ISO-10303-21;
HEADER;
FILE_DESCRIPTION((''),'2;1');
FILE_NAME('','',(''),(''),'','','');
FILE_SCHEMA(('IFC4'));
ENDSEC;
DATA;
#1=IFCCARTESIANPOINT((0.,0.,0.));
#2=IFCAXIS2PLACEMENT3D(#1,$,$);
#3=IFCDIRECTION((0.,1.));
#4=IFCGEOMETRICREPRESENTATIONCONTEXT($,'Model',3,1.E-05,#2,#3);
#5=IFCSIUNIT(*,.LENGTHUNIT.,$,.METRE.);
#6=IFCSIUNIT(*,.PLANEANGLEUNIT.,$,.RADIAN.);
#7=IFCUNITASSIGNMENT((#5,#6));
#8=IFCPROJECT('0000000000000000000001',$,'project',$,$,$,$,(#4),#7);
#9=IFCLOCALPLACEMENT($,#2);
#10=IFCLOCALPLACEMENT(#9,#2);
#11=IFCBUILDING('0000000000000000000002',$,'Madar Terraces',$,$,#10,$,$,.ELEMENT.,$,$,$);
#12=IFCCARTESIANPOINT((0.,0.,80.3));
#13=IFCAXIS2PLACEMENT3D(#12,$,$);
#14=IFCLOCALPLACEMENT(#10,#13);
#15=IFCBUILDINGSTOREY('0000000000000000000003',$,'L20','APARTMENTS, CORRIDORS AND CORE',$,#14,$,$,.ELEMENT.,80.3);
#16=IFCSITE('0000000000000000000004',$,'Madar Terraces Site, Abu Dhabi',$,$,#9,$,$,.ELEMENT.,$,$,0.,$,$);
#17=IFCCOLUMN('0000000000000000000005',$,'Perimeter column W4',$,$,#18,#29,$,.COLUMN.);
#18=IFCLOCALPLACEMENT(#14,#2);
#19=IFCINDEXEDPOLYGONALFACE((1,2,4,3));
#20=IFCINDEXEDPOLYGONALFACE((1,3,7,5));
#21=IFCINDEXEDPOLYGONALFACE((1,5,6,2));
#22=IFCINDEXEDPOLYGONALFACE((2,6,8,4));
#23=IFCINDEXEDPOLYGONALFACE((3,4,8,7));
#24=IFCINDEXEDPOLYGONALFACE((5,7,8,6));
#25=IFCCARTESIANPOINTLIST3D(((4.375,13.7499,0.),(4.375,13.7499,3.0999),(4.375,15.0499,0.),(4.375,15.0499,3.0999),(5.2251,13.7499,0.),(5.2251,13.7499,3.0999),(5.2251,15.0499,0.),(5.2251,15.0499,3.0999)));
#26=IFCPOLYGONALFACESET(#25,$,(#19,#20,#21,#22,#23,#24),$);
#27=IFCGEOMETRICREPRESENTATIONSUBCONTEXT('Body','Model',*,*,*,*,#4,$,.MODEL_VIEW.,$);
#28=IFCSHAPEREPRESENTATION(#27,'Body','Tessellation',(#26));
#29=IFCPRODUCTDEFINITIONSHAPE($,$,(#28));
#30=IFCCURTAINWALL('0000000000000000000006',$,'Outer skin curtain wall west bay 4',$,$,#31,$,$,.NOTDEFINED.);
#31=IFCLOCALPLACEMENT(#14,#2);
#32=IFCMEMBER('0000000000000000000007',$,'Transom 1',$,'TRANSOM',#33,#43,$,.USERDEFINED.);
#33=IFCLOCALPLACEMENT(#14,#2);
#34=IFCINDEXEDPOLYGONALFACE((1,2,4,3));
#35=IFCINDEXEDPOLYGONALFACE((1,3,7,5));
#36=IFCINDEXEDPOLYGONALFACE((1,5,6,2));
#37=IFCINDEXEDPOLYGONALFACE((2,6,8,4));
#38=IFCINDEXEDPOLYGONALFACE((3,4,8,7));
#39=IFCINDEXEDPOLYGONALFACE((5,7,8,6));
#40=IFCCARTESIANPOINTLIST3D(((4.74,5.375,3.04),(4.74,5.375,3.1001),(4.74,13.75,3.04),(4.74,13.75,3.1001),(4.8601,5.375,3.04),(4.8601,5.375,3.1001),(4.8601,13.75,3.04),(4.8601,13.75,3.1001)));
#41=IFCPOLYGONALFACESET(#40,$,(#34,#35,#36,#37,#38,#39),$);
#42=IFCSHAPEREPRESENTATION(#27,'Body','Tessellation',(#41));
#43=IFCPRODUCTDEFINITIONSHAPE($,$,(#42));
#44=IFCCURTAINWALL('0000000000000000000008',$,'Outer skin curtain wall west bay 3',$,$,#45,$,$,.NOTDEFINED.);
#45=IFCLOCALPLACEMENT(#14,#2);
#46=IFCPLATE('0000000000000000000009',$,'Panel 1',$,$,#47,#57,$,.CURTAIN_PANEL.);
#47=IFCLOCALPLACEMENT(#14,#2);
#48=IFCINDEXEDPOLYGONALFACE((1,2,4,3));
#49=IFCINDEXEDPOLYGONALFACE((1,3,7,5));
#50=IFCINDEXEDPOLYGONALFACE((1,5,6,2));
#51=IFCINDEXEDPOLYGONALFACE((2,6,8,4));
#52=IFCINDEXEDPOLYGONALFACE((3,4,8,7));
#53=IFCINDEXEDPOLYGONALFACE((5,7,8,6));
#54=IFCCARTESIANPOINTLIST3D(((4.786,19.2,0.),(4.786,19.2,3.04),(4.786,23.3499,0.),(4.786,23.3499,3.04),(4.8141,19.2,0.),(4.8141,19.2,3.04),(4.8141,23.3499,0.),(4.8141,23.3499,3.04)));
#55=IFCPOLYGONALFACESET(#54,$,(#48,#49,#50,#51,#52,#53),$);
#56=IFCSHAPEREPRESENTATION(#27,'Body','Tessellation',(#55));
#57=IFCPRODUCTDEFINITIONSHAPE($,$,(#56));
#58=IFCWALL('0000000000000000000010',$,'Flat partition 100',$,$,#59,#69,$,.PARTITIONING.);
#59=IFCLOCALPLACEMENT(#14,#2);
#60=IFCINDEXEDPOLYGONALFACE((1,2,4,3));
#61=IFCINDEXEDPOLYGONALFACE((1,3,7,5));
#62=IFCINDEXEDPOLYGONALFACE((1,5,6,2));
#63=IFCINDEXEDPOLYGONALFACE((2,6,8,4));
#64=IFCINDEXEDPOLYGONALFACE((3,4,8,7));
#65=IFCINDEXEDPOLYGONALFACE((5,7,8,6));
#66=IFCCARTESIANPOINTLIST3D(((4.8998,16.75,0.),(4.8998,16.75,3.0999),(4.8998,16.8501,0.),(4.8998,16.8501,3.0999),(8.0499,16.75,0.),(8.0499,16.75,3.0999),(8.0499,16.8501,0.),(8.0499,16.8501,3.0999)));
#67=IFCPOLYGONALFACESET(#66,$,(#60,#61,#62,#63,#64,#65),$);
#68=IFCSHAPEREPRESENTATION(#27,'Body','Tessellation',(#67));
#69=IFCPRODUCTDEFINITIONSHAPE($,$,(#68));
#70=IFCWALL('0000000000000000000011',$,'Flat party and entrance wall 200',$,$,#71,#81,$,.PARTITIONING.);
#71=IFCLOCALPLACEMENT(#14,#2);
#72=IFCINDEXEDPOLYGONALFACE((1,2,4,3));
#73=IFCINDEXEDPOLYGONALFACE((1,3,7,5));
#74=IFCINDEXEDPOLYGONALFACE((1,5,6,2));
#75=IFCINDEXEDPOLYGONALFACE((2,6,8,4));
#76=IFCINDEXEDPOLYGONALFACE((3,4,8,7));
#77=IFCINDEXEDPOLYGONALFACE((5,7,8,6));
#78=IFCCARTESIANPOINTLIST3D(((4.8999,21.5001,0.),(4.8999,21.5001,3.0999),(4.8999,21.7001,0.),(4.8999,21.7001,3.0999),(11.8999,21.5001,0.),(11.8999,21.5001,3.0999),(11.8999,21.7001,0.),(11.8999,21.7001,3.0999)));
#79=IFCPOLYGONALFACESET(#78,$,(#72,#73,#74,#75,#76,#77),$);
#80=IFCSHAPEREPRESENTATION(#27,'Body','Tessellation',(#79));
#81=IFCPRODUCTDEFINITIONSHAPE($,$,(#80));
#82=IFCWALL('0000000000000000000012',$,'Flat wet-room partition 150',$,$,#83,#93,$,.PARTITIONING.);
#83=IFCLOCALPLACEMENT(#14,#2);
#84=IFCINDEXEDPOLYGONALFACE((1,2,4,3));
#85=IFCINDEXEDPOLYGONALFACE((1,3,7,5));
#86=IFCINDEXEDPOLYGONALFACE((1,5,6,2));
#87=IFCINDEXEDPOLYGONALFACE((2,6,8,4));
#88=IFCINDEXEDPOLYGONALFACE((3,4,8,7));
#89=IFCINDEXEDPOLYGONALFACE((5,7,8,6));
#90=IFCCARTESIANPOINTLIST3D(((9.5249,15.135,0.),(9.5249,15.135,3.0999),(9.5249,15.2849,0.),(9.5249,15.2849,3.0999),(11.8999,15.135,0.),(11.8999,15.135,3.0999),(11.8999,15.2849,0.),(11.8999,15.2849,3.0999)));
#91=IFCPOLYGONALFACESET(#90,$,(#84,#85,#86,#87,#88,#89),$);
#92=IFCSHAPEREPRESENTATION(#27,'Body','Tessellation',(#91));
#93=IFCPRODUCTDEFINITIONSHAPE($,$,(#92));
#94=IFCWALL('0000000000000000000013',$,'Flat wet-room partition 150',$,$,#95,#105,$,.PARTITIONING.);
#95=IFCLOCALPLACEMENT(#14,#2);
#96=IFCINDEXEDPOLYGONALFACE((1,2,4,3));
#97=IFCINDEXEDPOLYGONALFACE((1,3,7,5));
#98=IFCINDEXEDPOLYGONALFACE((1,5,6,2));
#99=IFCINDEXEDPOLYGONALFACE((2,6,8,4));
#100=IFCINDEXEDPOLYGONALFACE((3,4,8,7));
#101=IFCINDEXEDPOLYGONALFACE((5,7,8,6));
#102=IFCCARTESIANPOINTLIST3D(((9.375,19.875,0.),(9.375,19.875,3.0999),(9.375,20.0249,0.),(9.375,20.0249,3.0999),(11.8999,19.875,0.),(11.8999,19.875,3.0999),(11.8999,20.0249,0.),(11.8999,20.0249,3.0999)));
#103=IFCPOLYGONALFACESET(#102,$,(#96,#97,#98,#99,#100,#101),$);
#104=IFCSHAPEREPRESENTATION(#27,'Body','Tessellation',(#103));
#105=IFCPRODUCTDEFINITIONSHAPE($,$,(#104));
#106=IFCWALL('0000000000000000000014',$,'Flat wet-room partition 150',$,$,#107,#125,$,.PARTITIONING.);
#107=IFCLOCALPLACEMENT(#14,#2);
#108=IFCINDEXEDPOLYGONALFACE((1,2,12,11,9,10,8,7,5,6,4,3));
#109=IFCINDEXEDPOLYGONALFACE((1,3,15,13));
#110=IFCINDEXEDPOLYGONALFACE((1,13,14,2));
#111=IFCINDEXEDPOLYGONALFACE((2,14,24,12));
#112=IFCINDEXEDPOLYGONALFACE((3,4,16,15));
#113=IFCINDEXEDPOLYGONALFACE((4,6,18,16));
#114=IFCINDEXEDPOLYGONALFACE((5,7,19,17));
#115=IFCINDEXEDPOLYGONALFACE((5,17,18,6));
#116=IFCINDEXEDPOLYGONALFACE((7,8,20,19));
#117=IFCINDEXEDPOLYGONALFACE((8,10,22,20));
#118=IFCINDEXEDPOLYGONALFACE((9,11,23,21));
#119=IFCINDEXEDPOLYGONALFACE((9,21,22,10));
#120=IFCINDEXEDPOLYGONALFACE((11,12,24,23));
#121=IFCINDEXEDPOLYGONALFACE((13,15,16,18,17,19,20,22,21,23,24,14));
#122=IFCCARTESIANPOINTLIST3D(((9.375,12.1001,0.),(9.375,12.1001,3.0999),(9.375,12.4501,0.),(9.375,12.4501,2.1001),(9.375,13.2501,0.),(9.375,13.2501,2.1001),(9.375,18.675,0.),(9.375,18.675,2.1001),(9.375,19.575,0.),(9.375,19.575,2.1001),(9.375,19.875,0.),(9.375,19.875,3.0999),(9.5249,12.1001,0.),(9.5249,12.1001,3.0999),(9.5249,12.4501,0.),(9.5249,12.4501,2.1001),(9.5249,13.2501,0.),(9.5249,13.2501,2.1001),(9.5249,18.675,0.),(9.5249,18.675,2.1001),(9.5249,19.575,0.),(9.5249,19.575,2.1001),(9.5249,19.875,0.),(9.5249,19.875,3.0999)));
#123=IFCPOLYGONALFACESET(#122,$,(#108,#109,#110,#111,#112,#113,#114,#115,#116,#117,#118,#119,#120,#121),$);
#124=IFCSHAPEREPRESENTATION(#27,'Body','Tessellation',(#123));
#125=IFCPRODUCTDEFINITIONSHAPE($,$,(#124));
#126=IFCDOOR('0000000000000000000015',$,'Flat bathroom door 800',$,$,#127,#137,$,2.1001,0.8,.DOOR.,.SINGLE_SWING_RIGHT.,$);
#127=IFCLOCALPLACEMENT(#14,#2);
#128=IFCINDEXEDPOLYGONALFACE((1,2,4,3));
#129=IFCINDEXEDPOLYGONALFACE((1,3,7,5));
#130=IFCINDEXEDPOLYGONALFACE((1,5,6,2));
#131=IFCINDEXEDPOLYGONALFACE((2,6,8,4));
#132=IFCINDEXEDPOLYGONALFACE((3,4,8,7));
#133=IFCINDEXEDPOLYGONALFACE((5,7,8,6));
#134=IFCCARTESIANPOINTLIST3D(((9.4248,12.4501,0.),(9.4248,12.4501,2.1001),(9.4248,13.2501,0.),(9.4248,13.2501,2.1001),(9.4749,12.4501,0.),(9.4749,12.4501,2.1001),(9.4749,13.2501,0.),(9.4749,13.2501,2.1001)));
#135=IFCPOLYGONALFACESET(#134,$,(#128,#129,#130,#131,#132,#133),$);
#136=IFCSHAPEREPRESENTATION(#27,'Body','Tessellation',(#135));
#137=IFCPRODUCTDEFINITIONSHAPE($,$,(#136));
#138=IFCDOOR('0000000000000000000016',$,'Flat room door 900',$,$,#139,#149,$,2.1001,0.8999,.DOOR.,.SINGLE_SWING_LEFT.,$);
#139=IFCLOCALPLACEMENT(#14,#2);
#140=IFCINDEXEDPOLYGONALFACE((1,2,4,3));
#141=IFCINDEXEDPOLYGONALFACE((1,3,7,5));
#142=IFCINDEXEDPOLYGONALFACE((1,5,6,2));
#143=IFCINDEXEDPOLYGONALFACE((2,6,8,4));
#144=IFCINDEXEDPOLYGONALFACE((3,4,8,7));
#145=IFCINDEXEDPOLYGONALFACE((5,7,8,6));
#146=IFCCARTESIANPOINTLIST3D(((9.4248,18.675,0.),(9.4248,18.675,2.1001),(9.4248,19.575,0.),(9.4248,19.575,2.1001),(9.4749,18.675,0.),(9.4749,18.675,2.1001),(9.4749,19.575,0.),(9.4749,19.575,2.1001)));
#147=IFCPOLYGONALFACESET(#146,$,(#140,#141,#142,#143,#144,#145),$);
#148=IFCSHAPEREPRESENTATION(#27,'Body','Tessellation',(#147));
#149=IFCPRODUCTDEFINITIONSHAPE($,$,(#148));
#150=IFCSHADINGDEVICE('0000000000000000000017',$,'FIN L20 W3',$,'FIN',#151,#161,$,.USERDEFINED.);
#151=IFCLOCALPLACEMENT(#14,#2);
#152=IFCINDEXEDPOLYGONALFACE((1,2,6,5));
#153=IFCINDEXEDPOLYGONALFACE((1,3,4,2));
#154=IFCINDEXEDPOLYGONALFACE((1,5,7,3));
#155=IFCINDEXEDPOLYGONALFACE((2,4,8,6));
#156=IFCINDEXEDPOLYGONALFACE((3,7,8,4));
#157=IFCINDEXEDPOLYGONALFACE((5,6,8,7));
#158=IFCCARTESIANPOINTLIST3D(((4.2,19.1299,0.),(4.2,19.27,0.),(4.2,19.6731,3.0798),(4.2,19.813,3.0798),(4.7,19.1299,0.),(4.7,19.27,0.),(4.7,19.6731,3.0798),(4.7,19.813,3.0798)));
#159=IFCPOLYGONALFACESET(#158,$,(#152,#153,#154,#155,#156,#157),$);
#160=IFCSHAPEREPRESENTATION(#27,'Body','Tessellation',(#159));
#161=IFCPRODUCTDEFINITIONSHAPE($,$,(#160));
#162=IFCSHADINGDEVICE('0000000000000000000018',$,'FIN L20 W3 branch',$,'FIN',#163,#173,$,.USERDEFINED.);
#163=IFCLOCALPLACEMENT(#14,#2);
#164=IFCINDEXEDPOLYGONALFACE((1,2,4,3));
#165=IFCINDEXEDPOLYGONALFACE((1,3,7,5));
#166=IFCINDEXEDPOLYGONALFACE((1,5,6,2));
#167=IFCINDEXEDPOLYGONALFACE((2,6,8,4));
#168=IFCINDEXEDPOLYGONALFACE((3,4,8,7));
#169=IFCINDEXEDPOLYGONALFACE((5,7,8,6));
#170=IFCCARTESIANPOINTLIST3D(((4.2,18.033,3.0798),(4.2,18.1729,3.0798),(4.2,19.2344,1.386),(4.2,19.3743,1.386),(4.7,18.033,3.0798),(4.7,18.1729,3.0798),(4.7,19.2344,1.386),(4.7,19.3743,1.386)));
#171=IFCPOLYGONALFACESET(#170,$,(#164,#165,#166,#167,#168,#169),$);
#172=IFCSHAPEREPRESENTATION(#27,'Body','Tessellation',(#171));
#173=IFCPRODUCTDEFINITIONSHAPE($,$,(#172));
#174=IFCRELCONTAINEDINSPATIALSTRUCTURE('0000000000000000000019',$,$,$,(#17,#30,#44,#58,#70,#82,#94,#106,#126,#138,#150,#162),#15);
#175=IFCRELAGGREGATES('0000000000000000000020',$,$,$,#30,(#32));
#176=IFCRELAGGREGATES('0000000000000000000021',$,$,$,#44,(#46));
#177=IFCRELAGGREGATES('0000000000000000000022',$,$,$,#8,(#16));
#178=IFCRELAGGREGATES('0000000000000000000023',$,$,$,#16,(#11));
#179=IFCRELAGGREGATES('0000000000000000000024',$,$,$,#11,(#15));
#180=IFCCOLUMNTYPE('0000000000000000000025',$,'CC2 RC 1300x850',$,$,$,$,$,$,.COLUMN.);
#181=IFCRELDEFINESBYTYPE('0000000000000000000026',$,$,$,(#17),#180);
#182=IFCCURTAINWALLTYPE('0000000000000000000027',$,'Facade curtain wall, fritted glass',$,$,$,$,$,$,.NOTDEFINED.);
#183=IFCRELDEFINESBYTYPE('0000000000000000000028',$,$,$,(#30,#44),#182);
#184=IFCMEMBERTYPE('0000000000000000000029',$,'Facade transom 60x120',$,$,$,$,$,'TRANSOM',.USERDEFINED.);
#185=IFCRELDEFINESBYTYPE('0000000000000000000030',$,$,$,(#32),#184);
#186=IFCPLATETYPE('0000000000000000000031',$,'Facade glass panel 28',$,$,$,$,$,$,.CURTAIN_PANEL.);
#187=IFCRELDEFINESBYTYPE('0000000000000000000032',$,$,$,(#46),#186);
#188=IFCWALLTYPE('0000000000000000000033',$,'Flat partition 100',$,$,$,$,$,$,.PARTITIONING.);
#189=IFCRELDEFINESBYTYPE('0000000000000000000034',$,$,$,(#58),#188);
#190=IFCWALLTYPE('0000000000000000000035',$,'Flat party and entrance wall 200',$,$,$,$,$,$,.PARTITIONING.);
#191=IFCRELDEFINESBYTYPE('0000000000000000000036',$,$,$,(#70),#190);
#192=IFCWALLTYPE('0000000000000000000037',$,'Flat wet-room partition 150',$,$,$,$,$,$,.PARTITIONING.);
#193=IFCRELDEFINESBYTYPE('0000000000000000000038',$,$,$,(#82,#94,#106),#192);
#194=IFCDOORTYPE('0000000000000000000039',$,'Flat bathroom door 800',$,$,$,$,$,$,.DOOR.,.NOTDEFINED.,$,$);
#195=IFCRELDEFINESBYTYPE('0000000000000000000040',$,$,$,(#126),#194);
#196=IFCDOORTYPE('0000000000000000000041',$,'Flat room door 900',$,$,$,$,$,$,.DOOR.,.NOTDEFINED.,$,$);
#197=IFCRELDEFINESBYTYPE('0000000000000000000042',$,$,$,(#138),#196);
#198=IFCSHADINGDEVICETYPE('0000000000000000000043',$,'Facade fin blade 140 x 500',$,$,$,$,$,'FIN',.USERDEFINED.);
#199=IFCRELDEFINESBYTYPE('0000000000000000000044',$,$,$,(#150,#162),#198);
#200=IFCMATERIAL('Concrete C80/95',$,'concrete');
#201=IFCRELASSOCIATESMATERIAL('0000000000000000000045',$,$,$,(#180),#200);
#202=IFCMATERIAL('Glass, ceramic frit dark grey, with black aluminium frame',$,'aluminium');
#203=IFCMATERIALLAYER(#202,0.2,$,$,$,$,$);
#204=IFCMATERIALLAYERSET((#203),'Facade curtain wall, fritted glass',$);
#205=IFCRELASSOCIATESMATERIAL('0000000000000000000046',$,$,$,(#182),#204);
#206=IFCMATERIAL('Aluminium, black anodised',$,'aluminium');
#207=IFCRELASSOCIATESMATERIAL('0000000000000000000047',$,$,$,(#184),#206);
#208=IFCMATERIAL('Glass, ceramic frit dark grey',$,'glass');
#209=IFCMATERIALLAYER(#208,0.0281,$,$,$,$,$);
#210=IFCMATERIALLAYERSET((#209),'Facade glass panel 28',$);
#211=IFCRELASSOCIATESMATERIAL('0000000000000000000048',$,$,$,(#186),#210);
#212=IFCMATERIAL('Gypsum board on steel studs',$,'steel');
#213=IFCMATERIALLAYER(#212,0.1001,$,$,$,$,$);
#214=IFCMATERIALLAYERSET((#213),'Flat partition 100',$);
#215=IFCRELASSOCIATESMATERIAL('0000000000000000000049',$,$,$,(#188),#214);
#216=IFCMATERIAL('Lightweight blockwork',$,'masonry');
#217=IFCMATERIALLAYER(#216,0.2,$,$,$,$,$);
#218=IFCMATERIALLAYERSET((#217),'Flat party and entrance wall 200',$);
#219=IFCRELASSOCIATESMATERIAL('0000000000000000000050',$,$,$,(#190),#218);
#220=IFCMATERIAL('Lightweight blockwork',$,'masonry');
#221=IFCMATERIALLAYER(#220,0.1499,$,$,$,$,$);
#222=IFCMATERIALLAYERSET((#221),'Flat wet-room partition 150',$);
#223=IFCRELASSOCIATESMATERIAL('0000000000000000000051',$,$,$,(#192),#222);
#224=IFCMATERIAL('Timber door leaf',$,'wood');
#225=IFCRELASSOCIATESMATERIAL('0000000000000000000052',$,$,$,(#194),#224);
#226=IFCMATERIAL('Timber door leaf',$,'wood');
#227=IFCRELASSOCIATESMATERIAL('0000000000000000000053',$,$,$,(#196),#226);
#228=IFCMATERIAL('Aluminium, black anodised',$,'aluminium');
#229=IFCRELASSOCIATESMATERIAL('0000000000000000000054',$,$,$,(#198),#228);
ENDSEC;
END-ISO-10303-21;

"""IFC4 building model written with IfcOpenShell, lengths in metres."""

from ifc_helpers import new_model, si_unit, direction, frame, frame_2d, origin, origin_2d, place, context, subcontext, project, spatial, polyline, rectangle, outline, extrude, material, layer, layer_set, material_profile, profile_set, type_object, element, fill, aggregate, save


model = new_model("IFC4")

# Units and contexts
model_context = context("Model", 3, precision=1e-05, world=origin(), true_north=direction((0.0, 1.0)))
body_context = subcontext(model_context, "Body", "Model", "MODEL_VIEW")
ifc_project = project(units=[si_unit("LENGTHUNIT", "METRE"), si_unit("PLANEANGLEUNIT", "RADIAN")], contexts=[model_context])

# Site, building, storey
site_placement = place(None, origin())
site = spatial("IfcSite", under=ifc_project, at=site_placement, Name="Madar Terraces Site, Abu Dhabi", CompositionType="ELEMENT", RefElevation=0.0)
building_placement = place(site_placement, origin())
building = spatial("IfcBuilding", under=site, at=building_placement, Name="Madar Terraces", CompositionType="ELEMENT")
storey_placement = place(building_placement, frame((0.0, 0.0, 80.3)))
storey = spatial("IfcBuildingStorey", under=building, at=storey_placement, Name="L20", Description="APARTMENTS, CORRIDORS AND CORE", CompositionType="ELEMENT", Elevation=80.3)

# Column
ifc_material_1 = material(Name="Concrete C80/95", Category="concrete")
ifc_material_profile_1 = material_profile(ifc_material_1, rectangle(XDim=1.3, YDim=0.8501, at=origin_2d()), Name="CC2 RC 1300x850")
ifc_profile_set_1 = profile_set([ifc_material_profile_1], Name="Concrete C80/95")
column_type = type_object("IfcColumnType", Name="CC2 RC 1300x850", PredefinedType="COLUMN", material=ifc_profile_set_1)
column_placement = place(storey_placement, frame((4.8, 14.3999, 0.0), z_axis=(0.0, 0.0, 1.0), x_axis=(0.0, 1.0, 0.0)))
element("IfcColumn", 1, at=column_placement, inside=storey, type_object=column_type, Name="Perimeter column W4", PredefinedType="COLUMN", context=body_context, shape_type="SweptSolid", body=[
    extrude(rectangle(XDim=1.3, YDim=0.8501, at=origin_2d()), origin(), (0.0, 0.0, 1.0), 3.0999),
])

# Curtain wall, member
ifc_material_2 = material(Name="Glass, ceramic frit dark grey, with black aluminium frame", Category="aluminium")
ifc_layer_1 = layer(ifc_material_2, 0.2)
ifc_layer_set_1 = layer_set([ifc_layer_1], Name="Facade curtain wall, fritted glass")
curtain_wall_type = type_object("IfcCurtainWallType", Name="Facade curtain wall, fritted glass", PredefinedType="NOTDEFINED", material=ifc_layer_set_1)
curtain_wall_1_placement = place(storey_placement, origin())
curtain_wall_1 = element("IfcCurtainWall", 2, at=curtain_wall_1_placement, inside=storey, type_object=curtain_wall_type, Name="Outer skin curtain wall west bay 4", PredefinedType="NOTDEFINED")
ifc_material_3 = material(Name="Aluminium, black anodised", Category="aluminium")
ifc_material_profile_2 = material_profile(ifc_material_3, rectangle(XDim=0.1201, YDim=0.0601, at=origin_2d()), Name="Facade transom 60x120")
ifc_profile_set_2 = profile_set([ifc_material_profile_2], Name="Aluminium, black anodised")
member_type = type_object("IfcMemberType", Name="Facade transom 60x120", ElementType="TRANSOM", PredefinedType="USERDEFINED", material=ifc_profile_set_2)
member_placement = place(storey_placement, frame((4.8, 13.75, 3.0701), z_axis=(0.0, -1.0, 0.0), x_axis=(1.0, 0.0, 0.0)))
member = element("IfcMember", 3, at=member_placement, type_object=member_type, Name="Transom 1", ObjectType="TRANSOM", PredefinedType="USERDEFINED", context=body_context, shape_type="SweptSolid", body=[
    extrude(rectangle(XDim=0.1201, YDim=0.0601, at=origin_2d()), origin(), (0.0, 0.0, 1.0), 8.375),
])
aggregate(curtain_wall_1, [member])

# Curtain wall, plate
curtain_wall_2_placement = place(storey_placement, origin())
curtain_wall_2 = element("IfcCurtainWall", 4, at=curtain_wall_2_placement, inside=storey, type_object=curtain_wall_type, Name="Outer skin curtain wall west bay 3", PredefinedType="NOTDEFINED")
ifc_material_4 = material(Name="Glass, ceramic frit dark grey", Category="glass")
ifc_layer_2 = layer(ifc_material_4, 0.0281)
ifc_layer_set_2 = layer_set([ifc_layer_2], Name="Facade glass panel 28")
plate_type = type_object("IfcPlateType", Name="Facade glass panel 28", PredefinedType="CURTAIN_PANEL", material=ifc_layer_set_2)
plate_placement = place(storey_placement, frame((4.8, 21.2749, 0.0), z_axis=(0.0, 0.0, 1.0), x_axis=(0.0, -1.0, 0.0)))
plate = element("IfcPlate", 5, at=plate_placement, type_object=plate_type, Name="Panel 1", PredefinedType="CURTAIN_PANEL", context=body_context, shape_type="SweptSolid", body=[
    extrude(rectangle(XDim=4.1499, YDim=0.0281, at=origin_2d()), origin(), (0.0, 0.0, 1.0), 3.04),
])
aggregate(curtain_wall_2, [plate])

# Walls
ifc_material_5 = material(Name="Gypsum board on steel studs", Category="steel")
ifc_layer_3 = layer(ifc_material_5, 0.1001)
ifc_layer_set_3 = layer_set([ifc_layer_3], Name="Flat partition 100")
wall_type_1 = type_object("IfcWallType", Name="Flat partition 100", PredefinedType="PARTITIONING", material=ifc_layer_set_3)
wall_1_placement = place(storey_placement, frame((8.05, 16.8, 0.0), z_axis=(0.0, 0.0, 1.0), x_axis=(-1.0, 0.0, 0.0)))
element("IfcWall", 6, at=wall_1_placement, inside=storey, type_object=wall_type_1, Name="Flat partition 100", PredefinedType="PARTITIONING", context=body_context, shape_type="SweptSolid", body=[
    extrude(rectangle(XDim=3.1501, YDim=0.1001, at=frame_2d((1.5752, 0.0))), origin(), (0.0, 0.0, 1.0), 3.0999),
])
ifc_material_6 = material(Name="Lightweight blockwork", Category="masonry")
ifc_layer_4 = layer(ifc_material_6, 0.2)
ifc_layer_set_4 = layer_set([ifc_layer_4], Name="Flat party and entrance wall 200")
wall_type_2 = type_object("IfcWallType", Name="Flat party and entrance wall 200", PredefinedType="PARTITIONING", material=ifc_layer_set_4)
wall_2_placement = place(storey_placement, frame((4.8999, 21.6001, 0.0), z_axis=(0.0, 0.0, 1.0), x_axis=(1.0, 0.0, 0.0)))
element("IfcWall", 7, at=wall_2_placement, inside=storey, type_object=wall_type_2, Name="Flat party and entrance wall 200", PredefinedType="PARTITIONING", context=body_context, shape_type="SweptSolid", body=[
    extrude(rectangle(XDim=7.0, YDim=0.2, at=frame_2d((3.5, 0.0))), origin(), (0.0, 0.0, 1.0), 3.0999),
])
ifc_material_7 = material(Name="Lightweight blockwork", Category="masonry")
ifc_layer_5 = layer(ifc_material_7, 0.1499)
ifc_layer_set_5 = layer_set([ifc_layer_5], Name="Flat wet-room partition 150")
wall_type_3 = type_object("IfcWallType", Name="Flat wet-room partition 150", PredefinedType="PARTITIONING", material=ifc_layer_set_5)
wall_3_placement = place(storey_placement, frame((11.8999, 15.21, 0.0), z_axis=(0.0, 0.0, 1.0), x_axis=(-1.0, 0.0, 0.0)))
element("IfcWall", 8, at=wall_3_placement, inside=storey, type_object=wall_type_3, Name="Flat wet-room partition 150", PredefinedType="PARTITIONING", context=body_context, shape_type="SweptSolid", body=[
    extrude(rectangle(XDim=2.375, YDim=0.1499, at=frame_2d((1.1875, 0.0))), origin(), (0.0, 0.0, 1.0), 3.0999),
])
wall_4_placement = place(storey_placement, frame((11.8999, 19.95, 0.0), z_axis=(0.0, 0.0, 1.0), x_axis=(-1.0, 0.0, 0.0)))
element("IfcWall", 9, at=wall_4_placement, inside=storey, type_object=wall_type_3, Name="Flat wet-room partition 150", PredefinedType="PARTITIONING", context=body_context, shape_type="SweptSolid", body=[
    extrude(rectangle(XDim=2.5249, YDim=0.1499, at=frame_2d((1.2625, 0.0))), origin(), (0.0, 0.0, 1.0), 3.0999),
])

# Wall, openings, doors
wall_5_placement = place(storey_placement, frame((9.45, 19.875, 0.0), z_axis=(0.0, 0.0, 1.0), x_axis=(0.0, -1.0, 0.0)))
wall_5 = element("IfcWall", 10, at=wall_5_placement, inside=storey, type_object=wall_type_3, Name="Flat wet-room partition 150", PredefinedType="PARTITIONING", context=body_context, shape_type="SweptSolid", body=[
    extrude(rectangle(XDim=7.7749, YDim=0.1499, at=frame_2d((3.8875, 0.0))), origin(), (0.0, 0.0, 1.0), 3.0999),
])
opening_1_placement = place(wall_5_placement, frame((0.3, 0.0, 0.0)))
opening_1 = element("IfcOpeningElement", 11, at=opening_1_placement, cuts=wall_5, PredefinedType="OPENING", context=body_context, shape_type="SweptSolid", body=[
    extrude(rectangle(XDim=0.8999, YDim=2.1001, at=frame_2d((0.45, 1.05))), frame((0.0, 0.085, 0.0), z_axis=(0.0, -1.0, 0.0), x_axis=(1.0, 0.0, 0.0)), (0.0, 0.0, 1.0), 0.1699),
])
opening_2_placement = place(wall_5_placement, frame((6.625, 0.0, 0.0)))
opening_2 = element("IfcOpeningElement", 12, at=opening_2_placement, cuts=wall_5, PredefinedType="OPENING", context=body_context, shape_type="SweptSolid", body=[
    extrude(rectangle(XDim=0.8, YDim=2.1001, at=frame_2d((0.3999, 1.05))), frame((0.0, 0.085, 0.0), z_axis=(0.0, -1.0, 0.0), x_axis=(1.0, 0.0, 0.0)), (0.0, 0.0, 1.0), 0.1699),
])
ifc_material_8 = material(Name="Timber door leaf", Category="wood")
door_type_1 = type_object("IfcDoorType", Name="Flat bathroom door 800", OperationType="NOTDEFINED", PredefinedType="DOOR", material=ifc_material_8)
door_1_placement = place(opening_2_placement, origin())
door_1 = element("IfcDoor", 13, at=door_1_placement, inside=storey, type_object=door_type_1, Name="Flat bathroom door 800", OperationType="SINGLE_SWING_RIGHT", OverallHeight=2.1001, OverallWidth=0.8, PredefinedType="DOOR", context=body_context, shape_type="SweptSolid", body=[
    extrude(rectangle(XDim=0.8, YDim=2.1001, at=frame_2d((0.3999, 1.05))), frame((0.0, 0.0249, 0.0), z_axis=(0.0, -1.0, 0.0), x_axis=(1.0, 0.0, 0.0)), (0.0, 0.0, 1.0), 0.05),
])
fill(opening_2, door_1)
ifc_material_9 = material(Name="Timber door leaf", Category="wood")
door_type_2 = type_object("IfcDoorType", Name="Flat room door 900", OperationType="NOTDEFINED", PredefinedType="DOOR", material=ifc_material_9)
door_2_placement = place(opening_1_placement, origin())
door_2 = element("IfcDoor", 14, at=door_2_placement, inside=storey, type_object=door_type_2, Name="Flat room door 900", OperationType="SINGLE_SWING_LEFT", OverallHeight=2.1001, OverallWidth=0.8999, PredefinedType="DOOR", context=body_context, shape_type="SweptSolid", body=[
    extrude(rectangle(XDim=0.8999, YDim=2.1001, at=frame_2d((0.45, 1.05))), frame((0.0, 0.0249, 0.0), z_axis=(0.0, -1.0, 0.0), x_axis=(1.0, 0.0, 0.0)), (0.0, 0.0, 1.0), 0.05),
])
fill(opening_1, door_2)

# Shading devices
ifc_material_10 = material(Name="Aluminium, black anodised", Category="aluminium")
shading_device_type = type_object("IfcShadingDeviceType", Name="Facade fin blade 140 x 500", ElementType="FIN", PredefinedType="USERDEFINED", material=ifc_material_10)
shading_device_1_placement = place(storey_placement, frame((4.45, 19.27, 0.0), z_axis=(0.0, 0.0, 1.0), x_axis=(0.0, -1.0, 0.0)))
element("IfcShadingDevice", 15, at=shading_device_1_placement, inside=storey, type_object=shading_device_type, Name="FIN L20 W3", ObjectType="FIN", PredefinedType="USERDEFINED", context=body_context, shape_type="SweptSolid", body=[
    extrude(outline(polyline([(0.0, 0.0), (0.1401, 0.0), (-0.4031, 3.0798), (-0.543, 3.0798), (0.0, 0.0)])), frame((0.0, 0.25, 0.0), z_axis=(0.0, -1.0, 0.0), x_axis=(1.0, 0.0, 0.0)), (0.0, 0.0, 1.0), 0.5),
])
shading_device_2_placement = place(storey_placement, frame((4.45, 19.3743, 1.386), z_axis=(0.0, 0.0, 1.0), x_axis=(0.0, -1.0, 0.0)))
element("IfcShadingDevice", 16, at=shading_device_2_placement, inside=storey, type_object=shading_device_type, Name="FIN L20 W3 branch", ObjectType="FIN", PredefinedType="USERDEFINED", context=body_context, shape_type="SweptSolid", body=[
    extrude(outline(polyline([(0.0, 0.0), (0.1399, 0.0), (1.3413, 1.6938), (1.2014, 1.6938), (0.0, 0.0)])), frame((0.0, 0.25, 0.0), z_axis=(0.0, -1.0, 0.0), x_axis=(1.0, 0.0, 0.0)), (0.0, 0.0, 1.0), 0.5),
])

save(model, "model.ifc")
